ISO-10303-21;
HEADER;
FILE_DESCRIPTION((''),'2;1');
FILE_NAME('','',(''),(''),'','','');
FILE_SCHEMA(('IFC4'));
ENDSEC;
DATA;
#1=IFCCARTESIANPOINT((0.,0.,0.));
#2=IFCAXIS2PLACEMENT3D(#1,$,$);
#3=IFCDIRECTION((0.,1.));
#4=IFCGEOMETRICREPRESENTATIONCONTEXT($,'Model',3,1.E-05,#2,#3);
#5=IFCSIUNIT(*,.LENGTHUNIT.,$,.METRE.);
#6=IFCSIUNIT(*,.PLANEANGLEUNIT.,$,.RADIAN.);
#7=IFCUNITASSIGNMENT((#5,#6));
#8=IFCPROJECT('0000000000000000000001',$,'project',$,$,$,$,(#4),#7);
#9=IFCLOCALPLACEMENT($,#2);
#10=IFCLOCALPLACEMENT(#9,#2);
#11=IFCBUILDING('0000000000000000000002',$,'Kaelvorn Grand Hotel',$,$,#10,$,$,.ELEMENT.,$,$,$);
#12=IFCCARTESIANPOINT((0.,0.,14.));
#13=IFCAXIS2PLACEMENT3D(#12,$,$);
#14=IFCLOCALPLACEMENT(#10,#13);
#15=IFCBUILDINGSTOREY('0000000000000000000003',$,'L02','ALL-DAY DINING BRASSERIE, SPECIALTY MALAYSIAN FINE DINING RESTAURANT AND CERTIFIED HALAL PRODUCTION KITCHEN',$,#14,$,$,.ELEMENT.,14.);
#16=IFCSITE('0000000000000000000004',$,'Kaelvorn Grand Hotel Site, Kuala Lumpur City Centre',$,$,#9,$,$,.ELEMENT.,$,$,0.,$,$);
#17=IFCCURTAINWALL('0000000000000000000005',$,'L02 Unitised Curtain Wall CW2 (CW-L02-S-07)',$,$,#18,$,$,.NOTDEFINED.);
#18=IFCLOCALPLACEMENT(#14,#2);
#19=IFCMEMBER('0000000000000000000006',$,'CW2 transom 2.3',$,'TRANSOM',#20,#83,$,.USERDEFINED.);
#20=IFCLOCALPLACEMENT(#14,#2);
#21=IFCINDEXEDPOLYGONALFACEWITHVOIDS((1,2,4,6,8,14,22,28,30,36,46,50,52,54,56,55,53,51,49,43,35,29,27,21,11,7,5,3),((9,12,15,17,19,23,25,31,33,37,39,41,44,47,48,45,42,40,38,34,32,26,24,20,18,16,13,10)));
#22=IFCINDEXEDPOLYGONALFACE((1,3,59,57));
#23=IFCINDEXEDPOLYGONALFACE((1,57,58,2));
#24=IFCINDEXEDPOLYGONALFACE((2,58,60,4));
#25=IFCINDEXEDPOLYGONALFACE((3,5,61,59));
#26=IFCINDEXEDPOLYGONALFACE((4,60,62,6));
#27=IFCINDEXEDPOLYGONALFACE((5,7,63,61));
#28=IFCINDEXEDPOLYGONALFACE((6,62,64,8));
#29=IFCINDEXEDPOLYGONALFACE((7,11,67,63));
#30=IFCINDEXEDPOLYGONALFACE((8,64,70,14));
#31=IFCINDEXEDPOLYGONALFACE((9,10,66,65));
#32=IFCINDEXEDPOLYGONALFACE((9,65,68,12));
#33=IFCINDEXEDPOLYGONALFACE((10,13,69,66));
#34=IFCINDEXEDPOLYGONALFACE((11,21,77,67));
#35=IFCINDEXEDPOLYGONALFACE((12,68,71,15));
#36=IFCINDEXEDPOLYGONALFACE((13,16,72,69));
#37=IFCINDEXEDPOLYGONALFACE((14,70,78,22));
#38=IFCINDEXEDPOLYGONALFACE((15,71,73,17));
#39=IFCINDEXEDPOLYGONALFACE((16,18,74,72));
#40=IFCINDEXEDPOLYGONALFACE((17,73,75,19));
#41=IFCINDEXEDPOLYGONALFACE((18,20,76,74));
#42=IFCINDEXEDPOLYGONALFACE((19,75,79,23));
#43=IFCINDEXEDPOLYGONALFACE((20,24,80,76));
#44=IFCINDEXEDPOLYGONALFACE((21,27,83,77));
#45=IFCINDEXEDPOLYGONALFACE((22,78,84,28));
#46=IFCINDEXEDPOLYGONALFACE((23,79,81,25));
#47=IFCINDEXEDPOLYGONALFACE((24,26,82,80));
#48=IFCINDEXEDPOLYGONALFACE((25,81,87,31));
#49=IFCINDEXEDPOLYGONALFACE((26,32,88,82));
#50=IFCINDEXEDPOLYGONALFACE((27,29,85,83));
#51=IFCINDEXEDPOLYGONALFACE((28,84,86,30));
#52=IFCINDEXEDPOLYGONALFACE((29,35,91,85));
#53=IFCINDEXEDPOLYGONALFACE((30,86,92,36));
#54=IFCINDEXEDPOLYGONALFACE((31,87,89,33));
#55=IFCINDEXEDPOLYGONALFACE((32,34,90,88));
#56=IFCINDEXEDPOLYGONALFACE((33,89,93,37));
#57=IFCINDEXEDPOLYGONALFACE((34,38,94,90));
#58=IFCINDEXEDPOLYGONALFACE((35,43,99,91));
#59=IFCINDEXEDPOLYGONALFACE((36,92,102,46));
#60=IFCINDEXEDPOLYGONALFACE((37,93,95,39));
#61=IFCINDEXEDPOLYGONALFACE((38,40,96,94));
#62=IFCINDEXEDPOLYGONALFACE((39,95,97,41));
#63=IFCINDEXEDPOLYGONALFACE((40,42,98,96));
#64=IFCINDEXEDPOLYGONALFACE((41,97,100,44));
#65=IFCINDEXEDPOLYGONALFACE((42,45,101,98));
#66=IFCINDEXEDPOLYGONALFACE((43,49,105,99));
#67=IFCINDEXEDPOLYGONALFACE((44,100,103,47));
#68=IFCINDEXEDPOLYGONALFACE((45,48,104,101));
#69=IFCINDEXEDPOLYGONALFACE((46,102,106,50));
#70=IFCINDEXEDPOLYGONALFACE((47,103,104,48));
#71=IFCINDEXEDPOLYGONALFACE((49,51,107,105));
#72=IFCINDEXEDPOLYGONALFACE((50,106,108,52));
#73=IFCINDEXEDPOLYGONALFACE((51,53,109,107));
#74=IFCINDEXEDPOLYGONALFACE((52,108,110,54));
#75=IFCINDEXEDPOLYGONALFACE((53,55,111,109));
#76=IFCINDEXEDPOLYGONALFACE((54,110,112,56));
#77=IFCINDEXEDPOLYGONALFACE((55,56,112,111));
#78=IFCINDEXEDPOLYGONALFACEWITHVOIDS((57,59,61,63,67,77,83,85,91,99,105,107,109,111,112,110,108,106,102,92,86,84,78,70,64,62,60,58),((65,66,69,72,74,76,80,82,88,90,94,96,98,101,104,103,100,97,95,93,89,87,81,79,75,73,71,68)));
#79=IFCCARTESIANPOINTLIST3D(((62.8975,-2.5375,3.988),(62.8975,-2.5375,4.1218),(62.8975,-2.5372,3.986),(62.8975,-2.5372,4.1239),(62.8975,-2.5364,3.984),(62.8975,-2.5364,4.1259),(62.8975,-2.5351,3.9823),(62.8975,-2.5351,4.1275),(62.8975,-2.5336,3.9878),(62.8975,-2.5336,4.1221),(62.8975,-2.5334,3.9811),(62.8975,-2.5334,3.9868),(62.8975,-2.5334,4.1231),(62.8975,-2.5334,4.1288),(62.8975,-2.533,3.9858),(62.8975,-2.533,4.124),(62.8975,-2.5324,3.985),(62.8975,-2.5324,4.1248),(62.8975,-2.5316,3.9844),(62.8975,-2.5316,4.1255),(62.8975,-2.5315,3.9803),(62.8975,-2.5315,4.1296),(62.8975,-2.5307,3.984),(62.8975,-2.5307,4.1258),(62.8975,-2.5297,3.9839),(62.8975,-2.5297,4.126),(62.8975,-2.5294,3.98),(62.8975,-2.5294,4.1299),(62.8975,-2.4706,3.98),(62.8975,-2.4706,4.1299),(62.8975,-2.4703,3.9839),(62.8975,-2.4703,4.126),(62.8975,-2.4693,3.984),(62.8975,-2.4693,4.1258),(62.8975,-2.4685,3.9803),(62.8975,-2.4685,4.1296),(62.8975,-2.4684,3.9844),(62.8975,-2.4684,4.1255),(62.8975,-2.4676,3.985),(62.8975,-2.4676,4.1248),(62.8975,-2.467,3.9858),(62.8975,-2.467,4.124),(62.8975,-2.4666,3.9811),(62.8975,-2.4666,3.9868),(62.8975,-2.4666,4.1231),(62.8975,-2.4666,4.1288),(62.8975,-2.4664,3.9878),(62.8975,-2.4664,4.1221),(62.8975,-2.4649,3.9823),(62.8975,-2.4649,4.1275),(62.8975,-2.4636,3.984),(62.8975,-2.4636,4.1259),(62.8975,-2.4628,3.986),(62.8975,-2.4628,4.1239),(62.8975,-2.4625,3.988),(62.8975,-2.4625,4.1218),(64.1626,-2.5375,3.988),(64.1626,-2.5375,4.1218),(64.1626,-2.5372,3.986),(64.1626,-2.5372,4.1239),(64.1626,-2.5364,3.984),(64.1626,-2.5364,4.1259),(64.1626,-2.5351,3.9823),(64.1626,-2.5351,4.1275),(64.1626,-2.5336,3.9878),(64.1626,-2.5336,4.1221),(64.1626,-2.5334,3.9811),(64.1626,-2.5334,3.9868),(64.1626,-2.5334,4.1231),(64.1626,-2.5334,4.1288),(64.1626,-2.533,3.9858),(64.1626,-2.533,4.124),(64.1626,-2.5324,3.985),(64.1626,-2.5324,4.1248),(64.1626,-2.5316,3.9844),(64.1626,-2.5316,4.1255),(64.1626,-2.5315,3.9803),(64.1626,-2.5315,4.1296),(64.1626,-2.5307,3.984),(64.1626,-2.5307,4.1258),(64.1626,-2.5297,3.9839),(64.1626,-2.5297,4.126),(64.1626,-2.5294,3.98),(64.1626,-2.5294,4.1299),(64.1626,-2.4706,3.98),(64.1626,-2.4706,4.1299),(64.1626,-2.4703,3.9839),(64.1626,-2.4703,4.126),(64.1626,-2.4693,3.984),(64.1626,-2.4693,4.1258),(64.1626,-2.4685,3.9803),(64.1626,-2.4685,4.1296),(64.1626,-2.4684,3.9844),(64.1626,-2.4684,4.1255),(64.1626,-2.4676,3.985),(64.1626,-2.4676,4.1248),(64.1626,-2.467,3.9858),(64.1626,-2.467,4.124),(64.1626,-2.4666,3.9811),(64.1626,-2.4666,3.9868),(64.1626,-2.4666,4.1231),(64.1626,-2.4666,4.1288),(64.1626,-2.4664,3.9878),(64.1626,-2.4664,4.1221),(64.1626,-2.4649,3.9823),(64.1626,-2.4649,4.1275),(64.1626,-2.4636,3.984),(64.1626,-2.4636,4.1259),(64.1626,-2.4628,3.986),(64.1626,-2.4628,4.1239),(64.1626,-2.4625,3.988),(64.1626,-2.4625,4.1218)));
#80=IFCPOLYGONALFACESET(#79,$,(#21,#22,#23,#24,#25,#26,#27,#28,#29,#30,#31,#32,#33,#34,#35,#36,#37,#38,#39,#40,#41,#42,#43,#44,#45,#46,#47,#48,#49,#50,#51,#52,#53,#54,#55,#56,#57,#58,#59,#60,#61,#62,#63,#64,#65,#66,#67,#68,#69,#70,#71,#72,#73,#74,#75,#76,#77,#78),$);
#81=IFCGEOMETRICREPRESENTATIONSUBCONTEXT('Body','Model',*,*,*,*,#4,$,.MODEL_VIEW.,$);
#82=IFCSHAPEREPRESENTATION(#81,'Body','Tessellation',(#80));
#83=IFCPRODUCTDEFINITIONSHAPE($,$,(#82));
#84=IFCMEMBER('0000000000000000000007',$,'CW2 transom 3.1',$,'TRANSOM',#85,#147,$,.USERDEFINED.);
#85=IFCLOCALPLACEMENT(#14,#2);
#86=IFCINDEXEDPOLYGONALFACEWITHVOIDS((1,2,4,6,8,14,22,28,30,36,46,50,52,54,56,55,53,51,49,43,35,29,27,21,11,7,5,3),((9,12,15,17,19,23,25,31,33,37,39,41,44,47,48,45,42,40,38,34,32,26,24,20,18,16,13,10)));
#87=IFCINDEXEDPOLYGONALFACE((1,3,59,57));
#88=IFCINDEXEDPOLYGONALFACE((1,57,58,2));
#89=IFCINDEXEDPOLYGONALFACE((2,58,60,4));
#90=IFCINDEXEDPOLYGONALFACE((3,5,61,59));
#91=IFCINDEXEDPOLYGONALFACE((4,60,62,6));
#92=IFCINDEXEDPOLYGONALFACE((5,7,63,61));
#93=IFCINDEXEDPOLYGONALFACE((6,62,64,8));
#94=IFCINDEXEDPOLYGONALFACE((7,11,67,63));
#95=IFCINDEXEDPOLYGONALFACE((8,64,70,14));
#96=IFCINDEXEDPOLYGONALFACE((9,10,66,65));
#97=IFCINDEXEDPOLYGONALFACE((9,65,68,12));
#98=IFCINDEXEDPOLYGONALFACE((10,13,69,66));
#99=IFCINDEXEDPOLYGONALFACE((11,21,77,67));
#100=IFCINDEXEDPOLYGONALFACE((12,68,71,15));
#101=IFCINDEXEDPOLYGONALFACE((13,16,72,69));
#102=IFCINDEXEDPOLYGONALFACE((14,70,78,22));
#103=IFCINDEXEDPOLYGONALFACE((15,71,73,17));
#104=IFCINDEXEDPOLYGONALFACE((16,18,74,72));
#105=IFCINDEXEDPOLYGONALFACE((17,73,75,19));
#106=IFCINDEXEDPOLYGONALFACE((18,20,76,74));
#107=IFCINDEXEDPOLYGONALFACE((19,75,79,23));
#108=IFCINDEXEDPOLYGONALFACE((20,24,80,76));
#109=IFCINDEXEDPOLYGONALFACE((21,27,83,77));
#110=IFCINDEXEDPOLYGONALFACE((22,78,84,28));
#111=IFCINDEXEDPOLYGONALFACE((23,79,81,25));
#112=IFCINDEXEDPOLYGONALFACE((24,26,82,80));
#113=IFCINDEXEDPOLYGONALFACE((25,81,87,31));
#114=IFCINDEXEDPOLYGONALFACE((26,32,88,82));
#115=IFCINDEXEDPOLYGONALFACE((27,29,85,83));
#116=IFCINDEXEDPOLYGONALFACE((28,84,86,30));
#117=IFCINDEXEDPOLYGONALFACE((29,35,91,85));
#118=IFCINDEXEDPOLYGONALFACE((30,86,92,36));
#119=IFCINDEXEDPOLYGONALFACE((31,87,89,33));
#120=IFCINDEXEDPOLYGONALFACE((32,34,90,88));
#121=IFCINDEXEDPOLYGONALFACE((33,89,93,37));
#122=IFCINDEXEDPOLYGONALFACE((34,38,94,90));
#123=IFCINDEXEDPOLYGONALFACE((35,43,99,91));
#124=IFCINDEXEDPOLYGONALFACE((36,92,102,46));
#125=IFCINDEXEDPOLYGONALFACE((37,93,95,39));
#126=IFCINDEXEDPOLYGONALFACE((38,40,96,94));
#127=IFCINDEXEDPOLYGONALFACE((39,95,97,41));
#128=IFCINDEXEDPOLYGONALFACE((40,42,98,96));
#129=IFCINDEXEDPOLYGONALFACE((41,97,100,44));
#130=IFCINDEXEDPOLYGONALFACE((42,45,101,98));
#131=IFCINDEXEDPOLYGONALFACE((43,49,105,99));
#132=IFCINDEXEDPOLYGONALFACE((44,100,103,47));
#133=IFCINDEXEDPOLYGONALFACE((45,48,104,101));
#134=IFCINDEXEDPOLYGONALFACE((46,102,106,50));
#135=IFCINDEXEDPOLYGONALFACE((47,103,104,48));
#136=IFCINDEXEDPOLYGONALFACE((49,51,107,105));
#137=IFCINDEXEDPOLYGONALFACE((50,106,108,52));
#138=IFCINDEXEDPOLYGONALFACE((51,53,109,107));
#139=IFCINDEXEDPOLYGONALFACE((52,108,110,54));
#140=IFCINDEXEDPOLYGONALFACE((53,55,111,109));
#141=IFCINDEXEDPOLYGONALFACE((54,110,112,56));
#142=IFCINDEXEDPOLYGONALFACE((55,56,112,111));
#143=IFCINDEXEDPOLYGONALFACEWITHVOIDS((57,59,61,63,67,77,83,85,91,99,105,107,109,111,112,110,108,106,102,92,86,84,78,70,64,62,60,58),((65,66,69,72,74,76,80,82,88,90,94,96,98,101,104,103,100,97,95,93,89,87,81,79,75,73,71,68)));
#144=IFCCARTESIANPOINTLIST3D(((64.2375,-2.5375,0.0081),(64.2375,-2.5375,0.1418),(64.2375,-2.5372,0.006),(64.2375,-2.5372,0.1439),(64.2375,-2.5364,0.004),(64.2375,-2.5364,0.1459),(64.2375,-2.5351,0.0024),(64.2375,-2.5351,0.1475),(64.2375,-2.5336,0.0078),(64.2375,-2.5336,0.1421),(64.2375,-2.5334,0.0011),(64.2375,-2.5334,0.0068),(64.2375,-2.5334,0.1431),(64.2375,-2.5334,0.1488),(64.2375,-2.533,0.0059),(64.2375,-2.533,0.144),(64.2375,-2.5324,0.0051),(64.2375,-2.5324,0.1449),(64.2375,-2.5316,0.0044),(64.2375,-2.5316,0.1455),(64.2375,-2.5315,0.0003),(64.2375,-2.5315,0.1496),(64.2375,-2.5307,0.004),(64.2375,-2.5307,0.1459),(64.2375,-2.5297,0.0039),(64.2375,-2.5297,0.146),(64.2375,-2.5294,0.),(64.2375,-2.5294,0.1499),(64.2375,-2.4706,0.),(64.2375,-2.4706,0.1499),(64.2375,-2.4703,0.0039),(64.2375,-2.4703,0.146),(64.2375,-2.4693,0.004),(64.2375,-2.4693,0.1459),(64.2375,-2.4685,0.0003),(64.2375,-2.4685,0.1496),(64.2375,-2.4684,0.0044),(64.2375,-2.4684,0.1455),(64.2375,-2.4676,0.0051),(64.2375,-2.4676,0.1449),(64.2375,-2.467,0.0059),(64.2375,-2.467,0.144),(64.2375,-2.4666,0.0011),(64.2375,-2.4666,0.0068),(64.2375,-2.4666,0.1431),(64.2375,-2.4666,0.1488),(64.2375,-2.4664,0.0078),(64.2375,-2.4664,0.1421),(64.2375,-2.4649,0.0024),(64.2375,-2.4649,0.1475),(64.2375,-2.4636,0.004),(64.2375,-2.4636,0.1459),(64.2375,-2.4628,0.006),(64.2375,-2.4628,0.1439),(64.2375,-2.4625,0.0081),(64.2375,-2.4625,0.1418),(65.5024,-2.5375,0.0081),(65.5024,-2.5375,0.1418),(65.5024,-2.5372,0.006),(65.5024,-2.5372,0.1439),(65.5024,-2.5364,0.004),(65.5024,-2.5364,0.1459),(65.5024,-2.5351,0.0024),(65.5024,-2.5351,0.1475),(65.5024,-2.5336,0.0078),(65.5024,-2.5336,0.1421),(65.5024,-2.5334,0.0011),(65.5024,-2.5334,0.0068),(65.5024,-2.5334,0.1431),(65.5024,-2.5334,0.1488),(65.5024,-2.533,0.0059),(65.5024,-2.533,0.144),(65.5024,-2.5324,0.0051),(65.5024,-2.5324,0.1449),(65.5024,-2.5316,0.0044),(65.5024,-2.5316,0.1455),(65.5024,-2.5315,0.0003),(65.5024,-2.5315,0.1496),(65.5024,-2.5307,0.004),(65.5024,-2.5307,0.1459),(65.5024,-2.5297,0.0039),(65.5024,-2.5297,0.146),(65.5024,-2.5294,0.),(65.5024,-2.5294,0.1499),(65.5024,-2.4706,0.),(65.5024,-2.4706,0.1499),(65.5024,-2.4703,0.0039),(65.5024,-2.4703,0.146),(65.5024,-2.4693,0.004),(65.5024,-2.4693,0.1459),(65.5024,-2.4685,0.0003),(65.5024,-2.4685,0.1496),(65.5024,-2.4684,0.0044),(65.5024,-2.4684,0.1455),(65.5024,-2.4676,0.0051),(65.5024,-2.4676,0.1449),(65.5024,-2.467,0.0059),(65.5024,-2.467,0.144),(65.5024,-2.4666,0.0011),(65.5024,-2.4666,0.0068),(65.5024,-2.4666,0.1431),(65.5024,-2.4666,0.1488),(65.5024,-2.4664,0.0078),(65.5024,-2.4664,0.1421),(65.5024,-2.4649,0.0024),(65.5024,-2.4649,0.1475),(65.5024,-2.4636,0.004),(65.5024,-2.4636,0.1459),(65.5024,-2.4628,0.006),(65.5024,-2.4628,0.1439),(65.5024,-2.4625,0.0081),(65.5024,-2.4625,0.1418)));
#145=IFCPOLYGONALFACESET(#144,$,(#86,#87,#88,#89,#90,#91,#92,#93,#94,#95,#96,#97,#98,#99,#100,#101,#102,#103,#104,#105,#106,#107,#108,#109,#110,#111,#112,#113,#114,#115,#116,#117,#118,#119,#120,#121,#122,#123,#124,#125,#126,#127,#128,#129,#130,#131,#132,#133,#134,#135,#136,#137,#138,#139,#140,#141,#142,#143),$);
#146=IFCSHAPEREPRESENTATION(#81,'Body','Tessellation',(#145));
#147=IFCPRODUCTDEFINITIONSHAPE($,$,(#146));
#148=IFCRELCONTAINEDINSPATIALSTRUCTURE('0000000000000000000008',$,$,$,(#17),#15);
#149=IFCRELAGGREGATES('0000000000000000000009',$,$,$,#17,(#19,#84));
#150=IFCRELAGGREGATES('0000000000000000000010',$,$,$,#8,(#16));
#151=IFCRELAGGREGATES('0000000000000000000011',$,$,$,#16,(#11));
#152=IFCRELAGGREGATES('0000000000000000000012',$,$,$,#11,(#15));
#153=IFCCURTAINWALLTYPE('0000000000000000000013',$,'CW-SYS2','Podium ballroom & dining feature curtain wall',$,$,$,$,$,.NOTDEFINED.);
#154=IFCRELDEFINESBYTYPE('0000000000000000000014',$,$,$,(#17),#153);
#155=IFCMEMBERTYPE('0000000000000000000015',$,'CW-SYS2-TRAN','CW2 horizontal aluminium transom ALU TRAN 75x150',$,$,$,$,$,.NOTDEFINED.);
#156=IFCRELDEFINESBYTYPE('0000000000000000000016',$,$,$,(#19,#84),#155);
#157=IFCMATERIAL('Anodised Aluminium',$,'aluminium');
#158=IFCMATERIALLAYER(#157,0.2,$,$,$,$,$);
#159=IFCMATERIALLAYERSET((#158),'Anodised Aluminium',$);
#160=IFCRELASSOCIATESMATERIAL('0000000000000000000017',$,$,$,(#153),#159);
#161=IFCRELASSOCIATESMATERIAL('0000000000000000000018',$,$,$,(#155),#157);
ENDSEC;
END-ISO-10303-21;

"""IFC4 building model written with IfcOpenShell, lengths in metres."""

from ifc_helpers import new_model, si_unit, direction, frame, origin, origin_2d, place, context, subcontext, project, spatial, hollow_rectangle, extrude, material, layer, layer_set, material_profile, profile_set, type_object, element, aggregate, save


model = new_model("IFC4")

# Units and contexts
model_context = context("Model", 3, precision=1e-05, world=origin(), true_north=direction((0.0, 1.0)))
body_context = subcontext(model_context, "Body", "Model", "MODEL_VIEW")
ifc_project = project(units=[si_unit("LENGTHUNIT", "METRE"), si_unit("PLANEANGLEUNIT", "RADIAN")], contexts=[model_context])

# Site, building, storey
site_placement = place(None, origin())
site = spatial("IfcSite", under=ifc_project, at=site_placement, Name="Kaelvorn Grand Hotel Site, Kuala Lumpur City Centre", CompositionType="ELEMENT", RefElevation=0.0)
building_placement = place(site_placement, origin())
building = spatial("IfcBuilding", under=site, at=building_placement, Name="Kaelvorn Grand Hotel", CompositionType="ELEMENT")
storey_placement = place(building_placement, frame((0.0, 0.0, 14.0)))
storey = spatial("IfcBuildingStorey", under=building, at=storey_placement, Name="L02", Description="ALL-DAY DINING BRASSERIE, SPECIALTY MALAYSIAN FINE DINING RESTAURANT AND CERTIFIED HALAL PRODUCTION KITCHEN", CompositionType="ELEMENT", Elevation=14.0)

# Curtain wall
ifc_material_1 = material(Name="Anodised Aluminium", Category="aluminium")
ifc_layer_1 = layer(ifc_material_1, 0.2)
ifc_layer_set_1 = layer_set([ifc_layer_1], Name="Anodised Aluminium")
curtain_wall_type = type_object("IfcCurtainWallType", Name="CW-SYS2", Description="Podium ballroom & dining feature curtain wall", PredefinedType="NOTDEFINED", material=ifc_layer_set_1)
curtain_wall_1_placement = place(storey_placement, origin())
curtain_wall_1 = element("IfcCurtainWall", 1, at=curtain_wall_1_placement, inside=storey, type_object=curtain_wall_type, Name="L02 Unitised Curtain Wall CW2 (CW-L02-S-07)", PredefinedType="NOTDEFINED")

# Members
ifc_material_profile_1 = material_profile(ifc_material_1, hollow_rectangle(XDim=0.075, YDim=0.1499, WallThickness=0.0039, InnerFilletRadius=0.0039, OuterFilletRadius=0.0081, at=origin_2d()), Name="ALU TRAN 75x150")
ifc_profile_set_1 = profile_set([ifc_material_profile_1], Name="Anodised Aluminium")
member_type_1 = type_object("IfcMemberType", Name="CW-SYS2-TRAN", Description="CW2 horizontal aluminium transom ALU TRAN 75x150", PredefinedType="NOTDEFINED", material=ifc_profile_set_1)
member_1_placement = place(storey_placement, frame((62.8975, -2.5, 4.0549), z_axis=(1.0, 0.0, 0.0), x_axis=(0.0, 1.0, 0.0)))
member_1 = element("IfcMember", 2, at=member_1_placement, type_object=member_type_1, Name="CW2 transom 2.3", ObjectType="TRANSOM", PredefinedType="USERDEFINED", context=body_context, shape_type="SweptSolid", body=[
    extrude(hollow_rectangle(XDim=0.075, YDim=0.1499, WallThickness=0.0039, InnerFilletRadius=0.0039, OuterFilletRadius=0.0081, at=origin_2d()), origin(), (0.0, 0.0, 1.0), 1.2651),
])
member_2_placement = place(storey_placement, frame((64.2375, -2.5, 0.075), z_axis=(1.0, 0.0, 0.0), x_axis=(0.0, 1.0, 0.0)))
member_2 = element("IfcMember", 3, at=member_2_placement, type_object=member_type_1, Name="CW2 transom 3.1", ObjectType="TRANSOM", PredefinedType="USERDEFINED", context=body_context, shape_type="SweptSolid", body=[
    extrude(hollow_rectangle(XDim=0.075, YDim=0.1499, WallThickness=0.0039, InnerFilletRadius=0.0039, OuterFilletRadius=0.0081, at=origin_2d()), origin(), (0.0, 0.0, 1.0), 1.2649),
])

aggregate(curtain_wall_1, [member_1, member_2])

save(model, "model.ifc")
